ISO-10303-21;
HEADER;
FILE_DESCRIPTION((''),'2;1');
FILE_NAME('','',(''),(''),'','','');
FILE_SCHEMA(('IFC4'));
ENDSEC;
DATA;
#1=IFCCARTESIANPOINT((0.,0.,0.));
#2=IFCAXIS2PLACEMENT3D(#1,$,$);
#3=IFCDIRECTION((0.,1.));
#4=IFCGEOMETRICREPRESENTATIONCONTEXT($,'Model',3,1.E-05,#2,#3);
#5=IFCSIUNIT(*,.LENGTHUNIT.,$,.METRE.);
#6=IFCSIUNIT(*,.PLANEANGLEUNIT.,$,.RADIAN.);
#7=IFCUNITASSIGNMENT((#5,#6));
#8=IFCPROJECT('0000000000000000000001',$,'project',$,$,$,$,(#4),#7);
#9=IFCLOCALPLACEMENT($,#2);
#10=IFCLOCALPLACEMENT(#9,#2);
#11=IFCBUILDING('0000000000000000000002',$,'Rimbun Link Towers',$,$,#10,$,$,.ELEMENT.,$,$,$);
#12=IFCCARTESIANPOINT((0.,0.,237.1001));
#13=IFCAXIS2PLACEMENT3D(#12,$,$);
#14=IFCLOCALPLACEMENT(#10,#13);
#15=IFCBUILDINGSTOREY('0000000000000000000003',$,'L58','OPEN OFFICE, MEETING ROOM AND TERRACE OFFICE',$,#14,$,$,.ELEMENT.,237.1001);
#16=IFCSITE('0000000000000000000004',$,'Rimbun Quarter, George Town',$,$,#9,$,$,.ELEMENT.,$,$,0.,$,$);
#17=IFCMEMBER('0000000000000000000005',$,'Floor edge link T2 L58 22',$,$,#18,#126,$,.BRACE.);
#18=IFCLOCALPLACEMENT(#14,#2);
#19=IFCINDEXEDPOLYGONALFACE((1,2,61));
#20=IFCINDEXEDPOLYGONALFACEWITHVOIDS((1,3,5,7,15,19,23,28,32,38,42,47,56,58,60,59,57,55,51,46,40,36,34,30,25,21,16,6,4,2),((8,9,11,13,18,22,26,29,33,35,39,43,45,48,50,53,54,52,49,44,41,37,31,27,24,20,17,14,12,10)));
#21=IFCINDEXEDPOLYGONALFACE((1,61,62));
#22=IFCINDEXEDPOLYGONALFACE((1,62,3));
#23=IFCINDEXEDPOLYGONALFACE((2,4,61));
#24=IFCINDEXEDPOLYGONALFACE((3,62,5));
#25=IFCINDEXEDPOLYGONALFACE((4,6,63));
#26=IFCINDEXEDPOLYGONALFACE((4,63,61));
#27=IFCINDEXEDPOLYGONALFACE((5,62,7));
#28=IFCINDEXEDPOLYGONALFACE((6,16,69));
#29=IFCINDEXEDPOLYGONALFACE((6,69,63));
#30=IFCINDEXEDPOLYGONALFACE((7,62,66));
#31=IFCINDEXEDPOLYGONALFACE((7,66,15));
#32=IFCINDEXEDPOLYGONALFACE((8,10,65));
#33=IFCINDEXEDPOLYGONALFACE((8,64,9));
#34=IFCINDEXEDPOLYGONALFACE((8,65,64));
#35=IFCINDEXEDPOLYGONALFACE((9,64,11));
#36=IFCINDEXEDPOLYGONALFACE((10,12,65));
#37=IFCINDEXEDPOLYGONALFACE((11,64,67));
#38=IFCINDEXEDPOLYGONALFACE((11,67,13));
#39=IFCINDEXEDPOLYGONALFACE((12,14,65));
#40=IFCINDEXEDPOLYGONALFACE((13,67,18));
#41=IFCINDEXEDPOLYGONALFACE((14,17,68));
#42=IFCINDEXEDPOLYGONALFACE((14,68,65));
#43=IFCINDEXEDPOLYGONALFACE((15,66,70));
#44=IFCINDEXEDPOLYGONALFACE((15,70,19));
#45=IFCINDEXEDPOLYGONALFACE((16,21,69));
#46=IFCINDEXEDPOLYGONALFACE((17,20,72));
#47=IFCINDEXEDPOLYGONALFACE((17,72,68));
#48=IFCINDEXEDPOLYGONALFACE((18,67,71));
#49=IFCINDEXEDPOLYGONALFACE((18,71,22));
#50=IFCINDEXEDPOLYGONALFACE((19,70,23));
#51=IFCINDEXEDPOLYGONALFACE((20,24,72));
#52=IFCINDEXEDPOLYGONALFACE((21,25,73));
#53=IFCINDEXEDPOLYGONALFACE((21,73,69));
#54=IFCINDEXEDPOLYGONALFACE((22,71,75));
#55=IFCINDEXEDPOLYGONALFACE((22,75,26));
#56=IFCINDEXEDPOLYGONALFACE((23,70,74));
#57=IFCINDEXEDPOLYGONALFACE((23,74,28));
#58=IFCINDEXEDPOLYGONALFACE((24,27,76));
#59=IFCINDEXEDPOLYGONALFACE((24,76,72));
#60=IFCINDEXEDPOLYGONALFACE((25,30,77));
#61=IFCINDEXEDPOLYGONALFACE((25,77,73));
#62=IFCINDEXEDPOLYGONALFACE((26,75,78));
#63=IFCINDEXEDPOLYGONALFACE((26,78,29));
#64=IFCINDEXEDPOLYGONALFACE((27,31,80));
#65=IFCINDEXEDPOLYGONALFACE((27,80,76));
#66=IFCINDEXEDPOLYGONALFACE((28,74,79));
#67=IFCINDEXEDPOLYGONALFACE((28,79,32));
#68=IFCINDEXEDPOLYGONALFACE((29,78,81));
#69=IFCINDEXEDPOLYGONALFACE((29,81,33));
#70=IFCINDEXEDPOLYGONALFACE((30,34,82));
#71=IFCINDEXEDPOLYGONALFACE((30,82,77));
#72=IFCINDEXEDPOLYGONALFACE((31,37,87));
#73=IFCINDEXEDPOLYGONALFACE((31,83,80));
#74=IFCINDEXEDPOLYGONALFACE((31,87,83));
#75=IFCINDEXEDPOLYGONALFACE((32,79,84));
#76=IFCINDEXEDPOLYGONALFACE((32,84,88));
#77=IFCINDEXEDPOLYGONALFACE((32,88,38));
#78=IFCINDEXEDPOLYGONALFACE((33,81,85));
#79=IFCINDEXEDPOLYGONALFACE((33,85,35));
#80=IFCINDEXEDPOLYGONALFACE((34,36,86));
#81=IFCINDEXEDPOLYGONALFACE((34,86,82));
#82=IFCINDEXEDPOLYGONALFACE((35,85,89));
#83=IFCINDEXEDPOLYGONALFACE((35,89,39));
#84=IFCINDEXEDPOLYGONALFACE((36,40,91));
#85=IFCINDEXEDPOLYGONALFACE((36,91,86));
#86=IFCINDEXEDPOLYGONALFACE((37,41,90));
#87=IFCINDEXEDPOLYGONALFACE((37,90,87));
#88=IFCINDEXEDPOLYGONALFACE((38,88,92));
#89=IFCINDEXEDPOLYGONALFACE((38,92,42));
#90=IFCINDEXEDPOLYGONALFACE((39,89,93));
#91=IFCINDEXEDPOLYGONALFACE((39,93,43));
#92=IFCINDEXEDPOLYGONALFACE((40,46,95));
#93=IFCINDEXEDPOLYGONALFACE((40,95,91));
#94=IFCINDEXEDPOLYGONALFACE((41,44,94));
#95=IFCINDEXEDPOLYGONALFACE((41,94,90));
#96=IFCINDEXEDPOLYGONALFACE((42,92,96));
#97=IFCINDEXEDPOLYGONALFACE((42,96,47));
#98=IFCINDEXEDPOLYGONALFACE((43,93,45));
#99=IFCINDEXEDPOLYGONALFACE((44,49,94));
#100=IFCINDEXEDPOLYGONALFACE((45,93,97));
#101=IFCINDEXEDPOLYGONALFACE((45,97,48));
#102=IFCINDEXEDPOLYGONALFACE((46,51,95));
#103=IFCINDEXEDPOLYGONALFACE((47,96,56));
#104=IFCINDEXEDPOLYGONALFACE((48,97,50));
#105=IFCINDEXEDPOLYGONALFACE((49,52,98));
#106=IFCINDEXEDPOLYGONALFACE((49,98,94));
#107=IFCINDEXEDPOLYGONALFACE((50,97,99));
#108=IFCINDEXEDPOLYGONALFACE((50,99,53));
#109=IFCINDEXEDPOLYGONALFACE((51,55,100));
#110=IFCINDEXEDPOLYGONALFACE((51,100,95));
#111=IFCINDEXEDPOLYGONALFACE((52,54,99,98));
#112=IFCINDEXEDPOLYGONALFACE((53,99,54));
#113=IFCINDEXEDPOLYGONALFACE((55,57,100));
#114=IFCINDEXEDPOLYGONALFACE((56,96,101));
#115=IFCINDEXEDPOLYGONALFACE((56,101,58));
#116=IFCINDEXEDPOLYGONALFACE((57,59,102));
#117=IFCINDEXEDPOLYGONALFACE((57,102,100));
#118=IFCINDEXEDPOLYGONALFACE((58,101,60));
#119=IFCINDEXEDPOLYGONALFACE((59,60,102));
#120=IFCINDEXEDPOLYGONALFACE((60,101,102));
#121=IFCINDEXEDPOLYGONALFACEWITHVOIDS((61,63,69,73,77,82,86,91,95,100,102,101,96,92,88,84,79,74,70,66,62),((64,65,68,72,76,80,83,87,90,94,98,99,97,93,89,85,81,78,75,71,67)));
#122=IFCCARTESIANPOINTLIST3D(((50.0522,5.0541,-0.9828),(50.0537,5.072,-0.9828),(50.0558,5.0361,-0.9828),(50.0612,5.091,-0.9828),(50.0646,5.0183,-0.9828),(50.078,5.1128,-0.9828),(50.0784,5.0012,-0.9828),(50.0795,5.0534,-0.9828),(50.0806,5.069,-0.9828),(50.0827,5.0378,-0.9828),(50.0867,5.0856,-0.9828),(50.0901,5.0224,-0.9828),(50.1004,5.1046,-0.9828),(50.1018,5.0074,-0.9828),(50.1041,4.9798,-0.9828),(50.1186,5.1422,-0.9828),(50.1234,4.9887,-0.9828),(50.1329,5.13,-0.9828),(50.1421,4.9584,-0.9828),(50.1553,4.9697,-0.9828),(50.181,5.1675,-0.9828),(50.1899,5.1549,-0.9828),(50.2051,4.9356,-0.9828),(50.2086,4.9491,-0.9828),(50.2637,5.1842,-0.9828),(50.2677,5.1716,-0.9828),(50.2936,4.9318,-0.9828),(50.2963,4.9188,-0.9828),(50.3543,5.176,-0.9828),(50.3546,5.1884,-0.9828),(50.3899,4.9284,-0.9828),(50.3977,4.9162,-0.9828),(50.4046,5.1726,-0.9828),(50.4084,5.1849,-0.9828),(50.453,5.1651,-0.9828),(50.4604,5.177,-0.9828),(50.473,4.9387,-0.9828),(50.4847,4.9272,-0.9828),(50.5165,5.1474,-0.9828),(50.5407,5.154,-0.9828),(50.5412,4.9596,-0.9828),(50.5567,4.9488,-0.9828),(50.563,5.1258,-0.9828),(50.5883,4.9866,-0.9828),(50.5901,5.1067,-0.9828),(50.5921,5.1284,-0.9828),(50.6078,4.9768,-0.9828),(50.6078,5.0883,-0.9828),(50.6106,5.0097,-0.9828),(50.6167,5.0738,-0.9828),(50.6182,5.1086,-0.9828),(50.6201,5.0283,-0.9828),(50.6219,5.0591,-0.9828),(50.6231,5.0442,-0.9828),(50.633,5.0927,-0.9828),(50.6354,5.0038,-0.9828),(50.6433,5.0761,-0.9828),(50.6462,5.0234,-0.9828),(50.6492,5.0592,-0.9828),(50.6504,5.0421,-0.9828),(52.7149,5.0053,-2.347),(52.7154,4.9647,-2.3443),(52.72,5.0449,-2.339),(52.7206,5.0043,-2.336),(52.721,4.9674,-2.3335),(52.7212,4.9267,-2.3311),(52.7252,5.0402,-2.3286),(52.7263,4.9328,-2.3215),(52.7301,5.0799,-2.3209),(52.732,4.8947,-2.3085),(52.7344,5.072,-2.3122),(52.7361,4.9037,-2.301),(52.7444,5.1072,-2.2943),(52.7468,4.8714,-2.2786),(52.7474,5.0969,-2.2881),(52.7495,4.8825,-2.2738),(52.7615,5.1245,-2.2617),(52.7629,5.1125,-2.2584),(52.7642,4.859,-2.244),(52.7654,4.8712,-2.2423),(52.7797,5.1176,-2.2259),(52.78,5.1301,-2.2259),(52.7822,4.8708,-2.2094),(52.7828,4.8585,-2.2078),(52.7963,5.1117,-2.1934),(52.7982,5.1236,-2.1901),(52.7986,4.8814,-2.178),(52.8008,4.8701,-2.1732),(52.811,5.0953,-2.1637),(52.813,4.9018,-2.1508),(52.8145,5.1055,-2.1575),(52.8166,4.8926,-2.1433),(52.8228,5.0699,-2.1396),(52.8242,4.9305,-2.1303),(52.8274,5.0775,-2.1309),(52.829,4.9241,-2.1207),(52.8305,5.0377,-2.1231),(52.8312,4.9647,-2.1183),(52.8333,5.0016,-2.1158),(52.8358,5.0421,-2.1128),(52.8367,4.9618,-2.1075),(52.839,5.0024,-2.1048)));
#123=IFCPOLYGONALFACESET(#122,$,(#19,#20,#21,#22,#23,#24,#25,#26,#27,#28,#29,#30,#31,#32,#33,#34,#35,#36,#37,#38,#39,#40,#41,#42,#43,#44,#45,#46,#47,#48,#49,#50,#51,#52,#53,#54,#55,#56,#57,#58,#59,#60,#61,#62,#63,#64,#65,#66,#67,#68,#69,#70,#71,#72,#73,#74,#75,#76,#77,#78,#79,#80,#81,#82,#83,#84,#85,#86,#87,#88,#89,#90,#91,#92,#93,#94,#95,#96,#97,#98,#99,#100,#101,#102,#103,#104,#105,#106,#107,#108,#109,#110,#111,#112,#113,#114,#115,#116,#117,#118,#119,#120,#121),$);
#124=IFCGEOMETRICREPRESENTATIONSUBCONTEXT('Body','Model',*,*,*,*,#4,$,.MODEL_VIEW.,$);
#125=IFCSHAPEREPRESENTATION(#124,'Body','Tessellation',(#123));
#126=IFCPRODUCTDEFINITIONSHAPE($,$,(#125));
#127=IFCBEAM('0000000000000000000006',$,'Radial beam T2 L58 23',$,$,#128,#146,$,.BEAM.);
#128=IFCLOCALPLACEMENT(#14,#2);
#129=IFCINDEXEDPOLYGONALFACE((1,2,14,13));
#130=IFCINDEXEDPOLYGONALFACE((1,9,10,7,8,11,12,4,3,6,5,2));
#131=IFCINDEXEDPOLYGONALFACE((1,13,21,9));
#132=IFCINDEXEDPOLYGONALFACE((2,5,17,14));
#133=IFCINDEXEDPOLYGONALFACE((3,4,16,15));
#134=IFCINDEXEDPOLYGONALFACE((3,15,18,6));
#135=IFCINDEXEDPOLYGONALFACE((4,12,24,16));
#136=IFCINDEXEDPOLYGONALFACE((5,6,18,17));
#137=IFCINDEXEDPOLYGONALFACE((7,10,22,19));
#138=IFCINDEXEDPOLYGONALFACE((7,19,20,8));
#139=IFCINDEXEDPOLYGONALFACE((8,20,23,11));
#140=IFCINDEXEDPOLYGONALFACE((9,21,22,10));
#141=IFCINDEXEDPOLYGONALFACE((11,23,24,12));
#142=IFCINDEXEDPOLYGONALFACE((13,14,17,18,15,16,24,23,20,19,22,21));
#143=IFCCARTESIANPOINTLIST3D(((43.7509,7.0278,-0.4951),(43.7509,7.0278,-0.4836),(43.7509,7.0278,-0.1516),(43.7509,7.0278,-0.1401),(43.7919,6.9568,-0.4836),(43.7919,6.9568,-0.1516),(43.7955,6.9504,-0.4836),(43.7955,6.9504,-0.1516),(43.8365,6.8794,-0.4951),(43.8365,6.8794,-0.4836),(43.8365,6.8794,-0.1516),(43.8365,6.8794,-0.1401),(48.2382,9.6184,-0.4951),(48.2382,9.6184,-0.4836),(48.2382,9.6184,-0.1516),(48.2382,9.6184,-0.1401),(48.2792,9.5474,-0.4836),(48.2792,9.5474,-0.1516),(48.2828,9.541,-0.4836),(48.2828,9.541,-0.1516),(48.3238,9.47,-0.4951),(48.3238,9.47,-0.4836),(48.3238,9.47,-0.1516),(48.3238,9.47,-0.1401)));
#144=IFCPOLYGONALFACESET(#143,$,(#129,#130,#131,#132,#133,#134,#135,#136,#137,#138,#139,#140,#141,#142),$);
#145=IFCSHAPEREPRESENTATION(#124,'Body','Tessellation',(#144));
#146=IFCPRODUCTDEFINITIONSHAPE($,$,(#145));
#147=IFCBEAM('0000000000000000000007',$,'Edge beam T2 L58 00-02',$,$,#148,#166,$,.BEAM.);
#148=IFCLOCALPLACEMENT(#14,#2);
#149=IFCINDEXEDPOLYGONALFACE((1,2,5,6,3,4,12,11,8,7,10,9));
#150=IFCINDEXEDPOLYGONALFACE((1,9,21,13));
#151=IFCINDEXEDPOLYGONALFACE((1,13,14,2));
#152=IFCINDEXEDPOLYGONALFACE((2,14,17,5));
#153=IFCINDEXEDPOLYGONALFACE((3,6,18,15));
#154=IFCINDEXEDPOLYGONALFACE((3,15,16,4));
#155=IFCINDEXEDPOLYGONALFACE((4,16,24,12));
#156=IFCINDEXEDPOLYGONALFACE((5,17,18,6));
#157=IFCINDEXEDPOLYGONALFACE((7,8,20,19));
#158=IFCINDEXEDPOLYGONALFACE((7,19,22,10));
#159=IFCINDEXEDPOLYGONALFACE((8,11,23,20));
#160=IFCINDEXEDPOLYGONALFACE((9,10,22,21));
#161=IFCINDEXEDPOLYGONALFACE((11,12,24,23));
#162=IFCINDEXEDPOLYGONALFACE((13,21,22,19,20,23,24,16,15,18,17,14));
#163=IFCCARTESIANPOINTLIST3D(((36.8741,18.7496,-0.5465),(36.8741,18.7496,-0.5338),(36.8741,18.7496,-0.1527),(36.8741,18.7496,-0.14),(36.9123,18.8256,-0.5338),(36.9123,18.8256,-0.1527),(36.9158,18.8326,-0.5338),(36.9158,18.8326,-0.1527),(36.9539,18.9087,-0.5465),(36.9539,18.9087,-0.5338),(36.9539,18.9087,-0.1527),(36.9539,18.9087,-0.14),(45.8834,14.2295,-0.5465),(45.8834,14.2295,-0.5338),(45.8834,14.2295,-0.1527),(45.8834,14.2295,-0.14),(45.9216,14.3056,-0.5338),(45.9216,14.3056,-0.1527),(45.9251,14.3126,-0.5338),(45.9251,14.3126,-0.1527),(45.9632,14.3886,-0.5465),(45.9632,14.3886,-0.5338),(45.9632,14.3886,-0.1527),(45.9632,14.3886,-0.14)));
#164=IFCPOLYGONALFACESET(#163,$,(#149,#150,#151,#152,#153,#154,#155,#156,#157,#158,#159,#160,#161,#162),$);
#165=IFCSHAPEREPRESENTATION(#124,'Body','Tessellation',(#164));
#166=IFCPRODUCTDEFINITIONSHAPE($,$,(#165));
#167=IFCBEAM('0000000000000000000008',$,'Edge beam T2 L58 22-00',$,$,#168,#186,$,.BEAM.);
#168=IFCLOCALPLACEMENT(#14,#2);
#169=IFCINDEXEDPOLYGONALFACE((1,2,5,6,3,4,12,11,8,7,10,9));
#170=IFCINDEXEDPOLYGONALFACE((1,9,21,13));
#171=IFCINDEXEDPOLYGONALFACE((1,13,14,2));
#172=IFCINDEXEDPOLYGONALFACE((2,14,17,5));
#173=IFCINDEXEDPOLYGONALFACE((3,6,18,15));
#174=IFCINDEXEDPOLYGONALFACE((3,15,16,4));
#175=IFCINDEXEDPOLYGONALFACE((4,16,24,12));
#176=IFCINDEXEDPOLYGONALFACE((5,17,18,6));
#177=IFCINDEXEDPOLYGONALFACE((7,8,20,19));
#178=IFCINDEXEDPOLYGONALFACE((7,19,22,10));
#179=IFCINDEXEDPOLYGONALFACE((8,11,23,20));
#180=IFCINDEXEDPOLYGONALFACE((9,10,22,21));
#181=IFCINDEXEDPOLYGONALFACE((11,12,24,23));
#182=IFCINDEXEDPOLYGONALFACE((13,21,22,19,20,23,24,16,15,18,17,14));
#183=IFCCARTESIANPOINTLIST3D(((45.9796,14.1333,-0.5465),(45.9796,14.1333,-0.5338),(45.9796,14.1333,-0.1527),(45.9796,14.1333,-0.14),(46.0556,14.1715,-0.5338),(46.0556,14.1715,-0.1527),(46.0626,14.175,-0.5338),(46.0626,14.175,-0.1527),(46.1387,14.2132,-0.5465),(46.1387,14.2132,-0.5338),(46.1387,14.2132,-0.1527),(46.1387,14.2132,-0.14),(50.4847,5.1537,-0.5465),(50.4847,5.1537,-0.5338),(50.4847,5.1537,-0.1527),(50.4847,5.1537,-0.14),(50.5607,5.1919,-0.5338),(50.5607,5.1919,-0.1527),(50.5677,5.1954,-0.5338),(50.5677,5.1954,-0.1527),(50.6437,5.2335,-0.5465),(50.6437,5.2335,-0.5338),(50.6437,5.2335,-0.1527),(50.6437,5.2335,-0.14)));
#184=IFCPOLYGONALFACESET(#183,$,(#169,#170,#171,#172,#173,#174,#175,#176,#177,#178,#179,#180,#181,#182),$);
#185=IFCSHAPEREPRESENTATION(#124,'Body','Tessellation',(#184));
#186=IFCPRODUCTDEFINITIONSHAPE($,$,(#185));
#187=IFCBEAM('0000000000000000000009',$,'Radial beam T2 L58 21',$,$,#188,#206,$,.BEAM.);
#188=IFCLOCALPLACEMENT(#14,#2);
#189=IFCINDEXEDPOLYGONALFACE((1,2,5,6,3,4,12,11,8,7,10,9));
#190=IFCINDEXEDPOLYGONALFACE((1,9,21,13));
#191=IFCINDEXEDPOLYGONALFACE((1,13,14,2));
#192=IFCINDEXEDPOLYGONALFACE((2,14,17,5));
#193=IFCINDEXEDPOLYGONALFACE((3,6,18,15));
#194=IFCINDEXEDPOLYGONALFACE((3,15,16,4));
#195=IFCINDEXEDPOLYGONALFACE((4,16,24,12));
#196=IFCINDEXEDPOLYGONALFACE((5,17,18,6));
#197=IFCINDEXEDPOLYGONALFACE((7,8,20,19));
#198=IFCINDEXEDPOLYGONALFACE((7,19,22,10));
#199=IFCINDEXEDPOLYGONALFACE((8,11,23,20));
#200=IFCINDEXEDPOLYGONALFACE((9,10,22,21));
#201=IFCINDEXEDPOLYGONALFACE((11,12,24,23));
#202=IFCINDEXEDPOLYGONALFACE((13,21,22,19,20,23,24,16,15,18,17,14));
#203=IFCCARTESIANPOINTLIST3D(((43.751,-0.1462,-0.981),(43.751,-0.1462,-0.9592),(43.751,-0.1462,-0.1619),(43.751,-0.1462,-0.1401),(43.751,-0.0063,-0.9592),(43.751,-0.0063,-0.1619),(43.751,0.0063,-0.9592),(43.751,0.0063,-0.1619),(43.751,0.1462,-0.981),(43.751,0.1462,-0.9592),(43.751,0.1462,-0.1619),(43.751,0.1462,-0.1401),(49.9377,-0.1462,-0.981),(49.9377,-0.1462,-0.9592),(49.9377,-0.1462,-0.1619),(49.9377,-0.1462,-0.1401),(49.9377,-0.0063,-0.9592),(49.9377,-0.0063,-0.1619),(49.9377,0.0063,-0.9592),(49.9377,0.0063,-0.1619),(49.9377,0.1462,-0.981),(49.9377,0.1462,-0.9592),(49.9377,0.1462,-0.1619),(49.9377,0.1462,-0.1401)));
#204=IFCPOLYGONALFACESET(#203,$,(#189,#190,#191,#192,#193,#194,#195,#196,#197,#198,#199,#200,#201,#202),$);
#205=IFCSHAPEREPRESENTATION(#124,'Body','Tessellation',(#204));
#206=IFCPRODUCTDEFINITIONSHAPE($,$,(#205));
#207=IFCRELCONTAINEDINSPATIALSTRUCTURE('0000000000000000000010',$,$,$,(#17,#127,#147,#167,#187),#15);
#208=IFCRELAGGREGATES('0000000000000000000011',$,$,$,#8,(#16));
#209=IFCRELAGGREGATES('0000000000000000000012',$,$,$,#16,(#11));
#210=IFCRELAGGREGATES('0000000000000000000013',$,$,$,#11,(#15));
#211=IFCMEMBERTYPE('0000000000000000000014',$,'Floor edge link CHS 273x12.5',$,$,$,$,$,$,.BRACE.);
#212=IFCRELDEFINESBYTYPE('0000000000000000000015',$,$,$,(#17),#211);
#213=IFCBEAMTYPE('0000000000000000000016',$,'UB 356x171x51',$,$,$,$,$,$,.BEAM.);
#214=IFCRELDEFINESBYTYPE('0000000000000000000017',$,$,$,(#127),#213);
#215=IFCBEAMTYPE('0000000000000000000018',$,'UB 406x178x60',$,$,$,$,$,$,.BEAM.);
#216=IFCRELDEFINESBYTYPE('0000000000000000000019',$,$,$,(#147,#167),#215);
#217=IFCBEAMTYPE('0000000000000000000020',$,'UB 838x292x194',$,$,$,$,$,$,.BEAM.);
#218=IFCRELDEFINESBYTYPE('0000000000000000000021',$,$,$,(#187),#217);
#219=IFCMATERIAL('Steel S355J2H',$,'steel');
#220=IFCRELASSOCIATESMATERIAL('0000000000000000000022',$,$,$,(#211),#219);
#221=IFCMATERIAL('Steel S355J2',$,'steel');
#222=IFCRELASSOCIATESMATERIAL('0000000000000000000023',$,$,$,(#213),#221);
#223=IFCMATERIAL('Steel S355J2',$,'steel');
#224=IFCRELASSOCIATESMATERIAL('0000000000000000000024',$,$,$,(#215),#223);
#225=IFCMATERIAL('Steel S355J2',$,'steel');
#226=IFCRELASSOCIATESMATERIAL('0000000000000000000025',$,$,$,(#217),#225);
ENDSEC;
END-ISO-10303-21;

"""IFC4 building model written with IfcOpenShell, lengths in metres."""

from ifc_helpers import new_model, si_unit, direction, frame, origin, origin_2d, place, context, subcontext, project, spatial, hollow_circle, i_section, extrude, clip, halfspace, material, material_profile, profile_set, type_object, element, save


model = new_model("IFC4")

# Units and contexts
model_context = context("Model", 3, precision=1e-05, world=origin(), true_north=direction((0.0, 1.0)))
body_context = subcontext(model_context, "Body", "Model", "MODEL_VIEW")
ifc_project = project(units=[si_unit("LENGTHUNIT", "METRE"), si_unit("PLANEANGLEUNIT", "RADIAN")], contexts=[model_context])

# Site, building, storey
site_placement = place(None, origin())
site = spatial("IfcSite", under=ifc_project, at=site_placement, Name="Rimbun Quarter, George Town", CompositionType="ELEMENT", RefElevation=0.0)
building_placement = place(site_placement, origin())
building = spatial("IfcBuilding", under=site, at=building_placement, Name="Rimbun Link Towers", CompositionType="ELEMENT")
storey_placement = place(building_placement, frame((0.0, 0.0, 237.1001)))
storey = spatial("IfcBuildingStorey", under=building, at=storey_placement, Name="L58", Description="OPEN OFFICE, MEETING ROOM AND TERRACE OFFICE", CompositionType="ELEMENT", Elevation=237.1001)

# Member
ifc_material_1 = material(Name="Steel S355J2H", Category="steel")
ifc_material_profile_1 = material_profile(ifc_material_1, hollow_circle(Radius=0.1365, WallThickness=0.0125, at=origin_2d()), Name="CHS 273x12.5")
ifc_profile_set_1 = profile_set([ifc_material_profile_1], Name="Steel S355J2H")
member_type_1 = type_object("IfcMemberType", Name="Floor edge link CHS 273x12.5", PredefinedType="BRACE", material=ifc_profile_set_1)
member_1_placement = place(storey_placement, frame((50.5835, 5.0464, -1.1018), z_axis=(0.889721, -0.021394, -0.456003), x_axis=(0.024038, 0.999711, 0.0)))
element("IfcMember", 1, at=member_1_placement, inside=storey, type_object=member_type_1, Name="Floor edge link T2 L58 22", PredefinedType="BRACE", context=body_context, shape_type="Clipping", body=[
    clip(extrude(hollow_circle(Radius=0.1365, WallThickness=0.0125, at=origin_2d()), frame((0.0, 0.0, -0.5547)), (0.0, 0.0, 1.0), 3.0198), halfspace(frame((0.0, 0.0, -0.261), z_axis=(0.0, 0.889978, -0.456003)), False)),
])

# Beams
ifc_material_2 = material(Name="Steel S355J2", Category="steel")
ifc_material_profile_2 = material_profile(ifc_material_2, i_section(OverallWidth=0.1714, OverallDepth=0.355, WebThickness=0.0073, FlangeThickness=0.0115, at=origin_2d()), Name="UB 356x171x51")
ifc_profile_set_2 = profile_set([ifc_material_profile_2], Name="Steel S355J2")
beam_type_1 = type_object("IfcBeamType", Name="UB 356x171x51", PredefinedType="BEAM", material=ifc_profile_set_2)
beam_1_placement = place(storey_placement, frame((43.7937, 6.9536, -0.3176), z_axis=(0.86604, 0.499975, 0.0), x_axis=(-0.499975, 0.86604, 0.0)))
element("IfcBeam", 2, at=beam_1_placement, inside=storey, type_object=beam_type_1, Name="Radial beam T2 L58 23", PredefinedType="BEAM", context=body_context, shape_type="SweptSolid", body=[
    extrude(i_section(OverallWidth=0.1714, OverallDepth=0.355, WebThickness=0.0073, FlangeThickness=0.0115, at=origin_2d()), origin(), (0.0, 0.0, 1.0), 5.1814),
])
ifc_material_3 = material(Name="Steel S355J2", Category="steel")
ifc_material_profile_3 = material_profile(ifc_material_3, i_section(OverallWidth=0.178, OverallDepth=0.4065, WebThickness=0.0078, FlangeThickness=0.0127, at=origin_2d()), Name="UB 406x178x60")
ifc_profile_set_3 = profile_set([ifc_material_profile_3], Name="Steel S355J2")
beam_type_2 = type_object("IfcBeamType", Name="UB 406x178x60", PredefinedType="BEAM", material=ifc_profile_set_3)
beam_2_placement = place(storey_placement, frame((45.9233, 14.3091, -0.3433), z_axis=(-0.893816, 0.448434, 0.0), x_axis=(-0.448434, -0.893816, 0.0)))
element("IfcBeam", 3, at=beam_2_placement, inside=storey, type_object=beam_type_2, Name="Edge beam T2 L58 00-02", PredefinedType="BEAM", context=body_context, shape_type="SweptSolid", body=[
    extrude(i_section(OverallWidth=0.178, OverallDepth=0.4065, WebThickness=0.0078, FlangeThickness=0.0127, at=origin_2d()), origin(), (0.0, 0.0, 1.0), 10.0796),
])
beam_3_placement = place(storey_placement, frame((50.5642, 5.1936, -0.3433), z_axis=(-0.448428, 0.893819, 0.0), x_axis=(-0.893819, -0.448428, 0.0)))
element("IfcBeam", 4, at=beam_3_placement, inside=storey, type_object=beam_type_2, Name="Edge beam T2 L58 22-00", PredefinedType="BEAM", context=body_context, shape_type="SweptSolid", body=[
    extrude(i_section(OverallWidth=0.178, OverallDepth=0.4065, WebThickness=0.0078, FlangeThickness=0.0127, at=origin_2d()), origin(), (0.0, 0.0, 1.0), 10.0464),
])
ifc_material_4 = material(Name="Steel S355J2", Category="steel")
ifc_material_profile_4 = material_profile(ifc_material_4, i_section(OverallWidth=0.2925, OverallDepth=0.8408, WebThickness=0.0127, FlangeThickness=0.0217, at=origin_2d()), Name="UB 838x292x194")
ifc_profile_set_4 = profile_set([ifc_material_profile_4], Name="Steel S355J2")
beam_type_3 = type_object("IfcBeamType", Name="UB 838x292x194", PredefinedType="BEAM", material=ifc_profile_set_4)
beam_4_placement = place(storey_placement, frame((43.751, 0.0, -0.5605), z_axis=(1.0, 0.0, 0.0), x_axis=(0.0, 1.0, 0.0)))
element("IfcBeam", 5, at=beam_4_placement, inside=storey, type_object=beam_type_3, Name="Radial beam T2 L58 21", PredefinedType="BEAM", context=body_context, shape_type="SweptSolid", body=[
    extrude(i_section(OverallWidth=0.2925, OverallDepth=0.8408, WebThickness=0.0127, FlangeThickness=0.0217, at=origin_2d()), origin(), (0.0, 0.0, 1.0), 6.1868),
])

save(model, "model.ifc")
